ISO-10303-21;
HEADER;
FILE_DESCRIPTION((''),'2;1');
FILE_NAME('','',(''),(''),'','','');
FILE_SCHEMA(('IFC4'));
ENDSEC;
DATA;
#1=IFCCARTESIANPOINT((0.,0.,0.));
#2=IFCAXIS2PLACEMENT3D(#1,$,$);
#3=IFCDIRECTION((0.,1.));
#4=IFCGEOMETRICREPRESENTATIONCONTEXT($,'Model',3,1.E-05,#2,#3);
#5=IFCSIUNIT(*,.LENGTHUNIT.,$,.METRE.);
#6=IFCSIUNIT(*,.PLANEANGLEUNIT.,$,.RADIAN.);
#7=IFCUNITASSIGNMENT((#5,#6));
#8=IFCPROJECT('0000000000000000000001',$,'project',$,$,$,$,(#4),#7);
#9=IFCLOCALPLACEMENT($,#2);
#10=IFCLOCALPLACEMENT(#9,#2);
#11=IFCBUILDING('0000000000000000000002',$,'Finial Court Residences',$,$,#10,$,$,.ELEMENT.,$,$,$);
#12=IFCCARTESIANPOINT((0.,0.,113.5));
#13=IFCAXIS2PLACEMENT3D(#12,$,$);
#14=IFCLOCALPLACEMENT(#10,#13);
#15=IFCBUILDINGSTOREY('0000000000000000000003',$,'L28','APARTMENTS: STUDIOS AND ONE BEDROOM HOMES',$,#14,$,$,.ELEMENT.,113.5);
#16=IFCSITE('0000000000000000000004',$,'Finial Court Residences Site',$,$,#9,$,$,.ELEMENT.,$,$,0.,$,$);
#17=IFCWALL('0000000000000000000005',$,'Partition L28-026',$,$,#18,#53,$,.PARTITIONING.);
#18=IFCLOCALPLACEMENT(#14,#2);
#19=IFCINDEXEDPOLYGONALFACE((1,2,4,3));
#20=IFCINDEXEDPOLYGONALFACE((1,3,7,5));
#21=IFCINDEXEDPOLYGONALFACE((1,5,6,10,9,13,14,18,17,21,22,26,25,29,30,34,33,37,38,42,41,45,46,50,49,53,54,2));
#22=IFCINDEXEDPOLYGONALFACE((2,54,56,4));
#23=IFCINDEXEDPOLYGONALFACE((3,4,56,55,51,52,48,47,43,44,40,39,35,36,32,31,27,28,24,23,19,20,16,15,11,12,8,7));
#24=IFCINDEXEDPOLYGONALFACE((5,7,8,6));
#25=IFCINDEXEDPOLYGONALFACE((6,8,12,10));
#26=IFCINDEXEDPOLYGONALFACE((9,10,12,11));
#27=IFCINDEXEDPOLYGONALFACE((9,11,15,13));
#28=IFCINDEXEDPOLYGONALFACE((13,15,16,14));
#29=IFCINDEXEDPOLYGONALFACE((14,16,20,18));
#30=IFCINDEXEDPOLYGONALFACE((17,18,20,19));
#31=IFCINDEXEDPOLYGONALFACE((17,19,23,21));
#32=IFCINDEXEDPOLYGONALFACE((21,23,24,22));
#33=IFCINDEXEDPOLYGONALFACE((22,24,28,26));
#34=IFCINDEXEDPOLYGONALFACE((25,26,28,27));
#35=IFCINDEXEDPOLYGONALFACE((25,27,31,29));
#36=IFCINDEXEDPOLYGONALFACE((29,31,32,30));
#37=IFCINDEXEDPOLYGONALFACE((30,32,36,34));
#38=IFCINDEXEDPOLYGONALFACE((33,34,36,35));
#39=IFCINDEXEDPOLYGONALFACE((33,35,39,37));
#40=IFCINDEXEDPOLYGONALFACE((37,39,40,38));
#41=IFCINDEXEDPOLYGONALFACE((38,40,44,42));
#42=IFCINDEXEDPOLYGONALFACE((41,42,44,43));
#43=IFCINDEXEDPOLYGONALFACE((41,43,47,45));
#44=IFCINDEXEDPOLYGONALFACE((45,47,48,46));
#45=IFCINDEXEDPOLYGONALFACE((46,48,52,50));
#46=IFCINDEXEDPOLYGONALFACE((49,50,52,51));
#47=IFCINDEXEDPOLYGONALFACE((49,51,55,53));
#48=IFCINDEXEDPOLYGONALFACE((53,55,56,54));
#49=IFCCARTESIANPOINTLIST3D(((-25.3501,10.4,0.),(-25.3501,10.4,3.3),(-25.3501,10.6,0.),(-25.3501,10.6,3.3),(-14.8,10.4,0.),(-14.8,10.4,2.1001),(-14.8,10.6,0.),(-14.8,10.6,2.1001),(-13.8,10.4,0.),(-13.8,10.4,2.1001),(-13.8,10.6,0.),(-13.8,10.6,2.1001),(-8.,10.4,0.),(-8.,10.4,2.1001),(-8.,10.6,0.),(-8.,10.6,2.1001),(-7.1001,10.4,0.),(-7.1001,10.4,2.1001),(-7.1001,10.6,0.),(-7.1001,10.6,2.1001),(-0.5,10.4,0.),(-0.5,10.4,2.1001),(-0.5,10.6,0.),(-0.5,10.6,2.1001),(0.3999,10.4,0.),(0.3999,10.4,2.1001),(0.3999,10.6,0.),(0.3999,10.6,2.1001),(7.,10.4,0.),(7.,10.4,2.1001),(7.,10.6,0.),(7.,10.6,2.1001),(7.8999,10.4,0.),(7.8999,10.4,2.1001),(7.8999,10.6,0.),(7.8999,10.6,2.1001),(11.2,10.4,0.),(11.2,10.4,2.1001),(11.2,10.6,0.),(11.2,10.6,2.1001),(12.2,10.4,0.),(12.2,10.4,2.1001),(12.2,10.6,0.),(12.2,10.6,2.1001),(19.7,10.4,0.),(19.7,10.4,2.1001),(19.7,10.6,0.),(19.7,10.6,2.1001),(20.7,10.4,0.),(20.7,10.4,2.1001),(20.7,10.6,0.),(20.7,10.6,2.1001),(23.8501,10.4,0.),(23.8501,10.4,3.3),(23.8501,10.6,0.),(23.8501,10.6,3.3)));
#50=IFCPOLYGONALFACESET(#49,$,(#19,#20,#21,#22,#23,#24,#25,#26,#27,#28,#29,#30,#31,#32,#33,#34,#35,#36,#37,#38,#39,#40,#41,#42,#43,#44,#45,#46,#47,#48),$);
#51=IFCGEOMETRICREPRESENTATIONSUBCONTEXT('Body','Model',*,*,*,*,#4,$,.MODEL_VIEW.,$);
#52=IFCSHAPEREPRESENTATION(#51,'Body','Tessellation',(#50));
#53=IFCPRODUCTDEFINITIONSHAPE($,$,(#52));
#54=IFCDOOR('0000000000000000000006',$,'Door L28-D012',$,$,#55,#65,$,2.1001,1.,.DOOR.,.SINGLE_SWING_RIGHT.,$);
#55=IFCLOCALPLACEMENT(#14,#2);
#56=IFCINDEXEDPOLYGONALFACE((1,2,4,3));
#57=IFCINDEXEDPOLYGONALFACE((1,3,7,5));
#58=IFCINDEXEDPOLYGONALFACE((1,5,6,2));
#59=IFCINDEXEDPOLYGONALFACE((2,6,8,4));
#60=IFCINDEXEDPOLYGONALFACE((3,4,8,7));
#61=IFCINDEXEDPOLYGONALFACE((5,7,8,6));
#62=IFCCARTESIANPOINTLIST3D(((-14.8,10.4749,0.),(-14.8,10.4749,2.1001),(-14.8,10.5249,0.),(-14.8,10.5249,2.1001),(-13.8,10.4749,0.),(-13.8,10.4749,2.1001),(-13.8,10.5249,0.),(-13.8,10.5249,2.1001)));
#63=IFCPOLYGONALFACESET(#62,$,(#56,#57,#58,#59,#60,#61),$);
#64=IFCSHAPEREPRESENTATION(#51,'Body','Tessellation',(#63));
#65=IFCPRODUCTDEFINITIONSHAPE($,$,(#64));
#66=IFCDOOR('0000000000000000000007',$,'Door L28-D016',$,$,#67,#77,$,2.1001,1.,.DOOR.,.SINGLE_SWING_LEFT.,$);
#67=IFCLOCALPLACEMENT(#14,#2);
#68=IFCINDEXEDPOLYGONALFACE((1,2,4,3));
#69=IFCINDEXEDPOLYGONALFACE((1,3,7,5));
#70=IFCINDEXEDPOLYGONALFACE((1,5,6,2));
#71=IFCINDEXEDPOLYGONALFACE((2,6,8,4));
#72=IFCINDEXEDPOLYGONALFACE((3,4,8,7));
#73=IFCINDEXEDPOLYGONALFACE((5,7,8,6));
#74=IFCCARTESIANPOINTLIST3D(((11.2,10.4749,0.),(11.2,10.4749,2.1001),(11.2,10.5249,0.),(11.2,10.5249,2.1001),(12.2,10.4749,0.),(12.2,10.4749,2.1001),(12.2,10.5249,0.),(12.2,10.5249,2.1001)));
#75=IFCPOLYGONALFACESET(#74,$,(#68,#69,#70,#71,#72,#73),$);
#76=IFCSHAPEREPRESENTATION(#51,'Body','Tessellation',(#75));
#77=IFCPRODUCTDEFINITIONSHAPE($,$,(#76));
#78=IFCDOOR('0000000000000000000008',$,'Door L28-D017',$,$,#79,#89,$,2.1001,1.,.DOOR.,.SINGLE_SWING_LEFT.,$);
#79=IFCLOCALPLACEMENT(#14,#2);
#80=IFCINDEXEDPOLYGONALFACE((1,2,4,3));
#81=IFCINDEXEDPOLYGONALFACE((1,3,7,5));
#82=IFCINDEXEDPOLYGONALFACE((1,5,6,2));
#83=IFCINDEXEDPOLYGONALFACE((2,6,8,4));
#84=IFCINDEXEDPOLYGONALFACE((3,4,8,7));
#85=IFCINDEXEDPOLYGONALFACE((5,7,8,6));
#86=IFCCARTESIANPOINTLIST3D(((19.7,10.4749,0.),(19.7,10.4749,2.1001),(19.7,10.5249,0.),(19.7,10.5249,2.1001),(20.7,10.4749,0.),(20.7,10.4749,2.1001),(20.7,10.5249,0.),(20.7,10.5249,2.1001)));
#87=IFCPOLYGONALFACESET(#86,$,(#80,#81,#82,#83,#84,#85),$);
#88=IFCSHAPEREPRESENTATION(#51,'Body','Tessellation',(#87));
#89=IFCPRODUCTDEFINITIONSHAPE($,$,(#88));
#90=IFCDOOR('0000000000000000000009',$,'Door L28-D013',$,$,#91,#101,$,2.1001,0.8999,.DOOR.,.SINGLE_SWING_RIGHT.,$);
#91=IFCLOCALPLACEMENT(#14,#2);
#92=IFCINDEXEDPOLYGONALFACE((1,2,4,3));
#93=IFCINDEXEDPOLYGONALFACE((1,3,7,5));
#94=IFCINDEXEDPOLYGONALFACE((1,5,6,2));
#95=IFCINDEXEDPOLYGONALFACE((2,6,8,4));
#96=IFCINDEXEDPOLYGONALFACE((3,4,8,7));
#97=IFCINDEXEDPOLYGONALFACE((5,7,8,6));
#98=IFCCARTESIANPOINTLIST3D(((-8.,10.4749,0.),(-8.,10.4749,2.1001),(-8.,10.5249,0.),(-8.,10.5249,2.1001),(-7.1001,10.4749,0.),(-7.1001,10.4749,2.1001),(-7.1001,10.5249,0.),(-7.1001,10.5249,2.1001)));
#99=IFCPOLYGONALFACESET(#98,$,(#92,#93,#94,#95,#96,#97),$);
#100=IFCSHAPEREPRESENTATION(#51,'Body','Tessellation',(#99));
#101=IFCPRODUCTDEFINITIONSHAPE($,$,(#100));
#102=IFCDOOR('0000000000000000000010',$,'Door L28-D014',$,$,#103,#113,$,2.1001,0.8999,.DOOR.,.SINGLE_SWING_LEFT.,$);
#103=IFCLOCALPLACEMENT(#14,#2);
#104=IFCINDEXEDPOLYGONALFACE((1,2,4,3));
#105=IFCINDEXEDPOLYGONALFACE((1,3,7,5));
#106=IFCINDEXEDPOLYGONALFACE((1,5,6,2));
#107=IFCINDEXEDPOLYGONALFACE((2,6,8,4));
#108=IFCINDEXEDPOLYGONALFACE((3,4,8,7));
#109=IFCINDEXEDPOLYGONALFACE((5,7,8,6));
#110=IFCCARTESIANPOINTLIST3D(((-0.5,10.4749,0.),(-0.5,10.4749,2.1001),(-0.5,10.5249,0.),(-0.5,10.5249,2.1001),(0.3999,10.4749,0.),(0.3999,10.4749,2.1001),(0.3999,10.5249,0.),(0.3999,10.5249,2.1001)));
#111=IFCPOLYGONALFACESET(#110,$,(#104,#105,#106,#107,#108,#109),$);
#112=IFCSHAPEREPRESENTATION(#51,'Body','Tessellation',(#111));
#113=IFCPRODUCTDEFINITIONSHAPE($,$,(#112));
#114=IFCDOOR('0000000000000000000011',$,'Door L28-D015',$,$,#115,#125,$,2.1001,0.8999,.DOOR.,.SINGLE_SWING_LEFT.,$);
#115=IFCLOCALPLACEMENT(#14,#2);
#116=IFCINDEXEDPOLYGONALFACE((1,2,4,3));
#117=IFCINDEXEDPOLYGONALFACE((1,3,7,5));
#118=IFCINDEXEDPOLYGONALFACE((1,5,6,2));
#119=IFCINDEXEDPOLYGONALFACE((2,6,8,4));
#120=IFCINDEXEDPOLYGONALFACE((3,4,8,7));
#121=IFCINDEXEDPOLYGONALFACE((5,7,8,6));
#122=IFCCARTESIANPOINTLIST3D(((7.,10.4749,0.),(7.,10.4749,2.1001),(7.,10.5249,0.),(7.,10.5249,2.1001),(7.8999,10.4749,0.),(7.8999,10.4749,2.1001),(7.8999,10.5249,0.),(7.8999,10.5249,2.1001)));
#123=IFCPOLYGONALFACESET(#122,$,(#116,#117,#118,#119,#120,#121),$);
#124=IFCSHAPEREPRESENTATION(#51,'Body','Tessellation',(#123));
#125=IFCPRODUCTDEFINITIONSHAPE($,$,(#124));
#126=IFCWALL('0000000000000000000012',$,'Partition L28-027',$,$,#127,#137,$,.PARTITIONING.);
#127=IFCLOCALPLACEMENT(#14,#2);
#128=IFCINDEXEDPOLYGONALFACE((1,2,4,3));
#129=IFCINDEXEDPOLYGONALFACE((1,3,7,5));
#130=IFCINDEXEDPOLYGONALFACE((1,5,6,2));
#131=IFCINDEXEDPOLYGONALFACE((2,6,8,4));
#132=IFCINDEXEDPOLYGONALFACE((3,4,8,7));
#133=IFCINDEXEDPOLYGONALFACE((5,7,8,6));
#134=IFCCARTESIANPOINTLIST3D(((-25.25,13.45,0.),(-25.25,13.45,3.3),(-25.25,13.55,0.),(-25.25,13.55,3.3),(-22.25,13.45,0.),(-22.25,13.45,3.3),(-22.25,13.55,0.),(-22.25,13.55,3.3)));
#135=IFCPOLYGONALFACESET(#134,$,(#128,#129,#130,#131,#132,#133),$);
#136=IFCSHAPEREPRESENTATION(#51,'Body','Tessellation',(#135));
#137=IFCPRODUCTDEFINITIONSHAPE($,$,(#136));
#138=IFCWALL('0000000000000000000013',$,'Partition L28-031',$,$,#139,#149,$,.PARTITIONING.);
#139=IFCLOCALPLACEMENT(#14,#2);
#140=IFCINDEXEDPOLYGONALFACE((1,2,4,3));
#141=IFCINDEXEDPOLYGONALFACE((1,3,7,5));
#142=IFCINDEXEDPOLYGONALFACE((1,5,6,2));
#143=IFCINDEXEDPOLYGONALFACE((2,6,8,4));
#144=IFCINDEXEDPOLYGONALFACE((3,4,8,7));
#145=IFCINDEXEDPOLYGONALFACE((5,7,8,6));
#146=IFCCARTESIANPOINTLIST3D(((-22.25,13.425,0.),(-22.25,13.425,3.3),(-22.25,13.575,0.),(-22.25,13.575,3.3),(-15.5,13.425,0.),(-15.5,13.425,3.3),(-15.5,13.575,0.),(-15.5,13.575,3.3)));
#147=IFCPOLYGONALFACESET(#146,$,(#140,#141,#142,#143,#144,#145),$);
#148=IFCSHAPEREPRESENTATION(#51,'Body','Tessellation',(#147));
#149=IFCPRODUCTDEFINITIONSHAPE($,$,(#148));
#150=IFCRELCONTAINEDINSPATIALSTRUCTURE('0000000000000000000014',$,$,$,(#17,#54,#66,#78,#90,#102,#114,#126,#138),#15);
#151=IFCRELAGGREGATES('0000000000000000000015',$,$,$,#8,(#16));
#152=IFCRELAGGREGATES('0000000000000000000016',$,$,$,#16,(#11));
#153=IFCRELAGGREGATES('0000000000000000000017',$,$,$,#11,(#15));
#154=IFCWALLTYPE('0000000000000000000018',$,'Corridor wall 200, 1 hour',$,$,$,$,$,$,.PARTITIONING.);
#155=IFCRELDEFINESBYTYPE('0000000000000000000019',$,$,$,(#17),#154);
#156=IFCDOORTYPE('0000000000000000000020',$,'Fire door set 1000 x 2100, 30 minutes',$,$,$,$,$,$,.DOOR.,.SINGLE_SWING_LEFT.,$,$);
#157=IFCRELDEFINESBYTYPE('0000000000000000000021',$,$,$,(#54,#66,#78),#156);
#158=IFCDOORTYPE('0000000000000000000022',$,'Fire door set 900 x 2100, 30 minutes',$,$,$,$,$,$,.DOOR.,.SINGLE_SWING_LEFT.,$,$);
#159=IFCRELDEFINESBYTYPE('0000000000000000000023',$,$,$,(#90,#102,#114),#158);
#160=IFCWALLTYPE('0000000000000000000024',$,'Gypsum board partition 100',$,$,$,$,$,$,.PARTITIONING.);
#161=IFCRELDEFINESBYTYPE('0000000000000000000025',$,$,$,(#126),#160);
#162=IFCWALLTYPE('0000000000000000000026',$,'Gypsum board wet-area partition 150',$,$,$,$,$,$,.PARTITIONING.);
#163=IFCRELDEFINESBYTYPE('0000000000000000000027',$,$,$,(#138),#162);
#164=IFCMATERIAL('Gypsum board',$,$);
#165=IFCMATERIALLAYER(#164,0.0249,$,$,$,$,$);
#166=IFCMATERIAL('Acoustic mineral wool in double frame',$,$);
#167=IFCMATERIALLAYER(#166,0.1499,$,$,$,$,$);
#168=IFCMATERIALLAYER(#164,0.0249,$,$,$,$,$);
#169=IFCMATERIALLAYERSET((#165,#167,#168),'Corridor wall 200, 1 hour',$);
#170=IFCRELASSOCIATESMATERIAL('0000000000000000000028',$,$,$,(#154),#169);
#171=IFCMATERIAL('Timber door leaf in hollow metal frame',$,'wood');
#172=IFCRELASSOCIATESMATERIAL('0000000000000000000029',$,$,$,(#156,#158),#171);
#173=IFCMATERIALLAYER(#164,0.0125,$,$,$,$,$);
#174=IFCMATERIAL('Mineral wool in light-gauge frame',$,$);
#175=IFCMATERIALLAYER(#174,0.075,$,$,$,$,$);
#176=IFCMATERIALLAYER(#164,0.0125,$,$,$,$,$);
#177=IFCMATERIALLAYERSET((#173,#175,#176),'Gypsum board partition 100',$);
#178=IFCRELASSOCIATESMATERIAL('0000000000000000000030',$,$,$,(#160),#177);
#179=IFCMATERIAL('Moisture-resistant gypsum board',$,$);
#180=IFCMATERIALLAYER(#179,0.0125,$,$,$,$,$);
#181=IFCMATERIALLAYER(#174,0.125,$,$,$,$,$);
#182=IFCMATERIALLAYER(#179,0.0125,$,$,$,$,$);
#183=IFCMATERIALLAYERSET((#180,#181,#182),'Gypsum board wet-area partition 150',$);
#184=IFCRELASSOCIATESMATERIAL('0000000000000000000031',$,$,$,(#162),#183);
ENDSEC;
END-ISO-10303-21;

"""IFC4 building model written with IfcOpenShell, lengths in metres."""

from ifc_helpers import new_model, si_unit, direction, frame, frame_2d, origin, place, context, subcontext, project, spatial, rectangle, extrude, material, layer, layer_set, type_object, element, fill, save


model = new_model("IFC4")

# Units and contexts
model_context = context("Model", 3, precision=1e-05, world=origin(), true_north=direction((0.0, 1.0)))
body_context = subcontext(model_context, "Body", "Model", "MODEL_VIEW")
ifc_project = project(units=[si_unit("LENGTHUNIT", "METRE"), si_unit("PLANEANGLEUNIT", "RADIAN")], contexts=[model_context])

# Site, building, storey
site_placement = place(None, origin())
site = spatial("IfcSite", under=ifc_project, at=site_placement, Name="Finial Court Residences Site", CompositionType="ELEMENT", RefElevation=0.0)
building_placement = place(site_placement, origin())
building = spatial("IfcBuilding", under=site, at=building_placement, Name="Finial Court Residences", CompositionType="ELEMENT")
storey_placement = place(building_placement, frame((0.0, 0.0, 113.5)))
storey = spatial("IfcBuildingStorey", under=building, at=storey_placement, Name="L28", Description="APARTMENTS: STUDIOS AND ONE BEDROOM HOMES", CompositionType="ELEMENT", Elevation=113.5)

# Wall, openings, doors
ifc_material_1 = material(Name="Gypsum board")
ifc_layer_1 = layer(ifc_material_1, 0.0249)
ifc_material_2 = material(Name="Acoustic mineral wool in double frame")
ifc_layer_2 = layer(ifc_material_2, 0.1499)
ifc_layer_3 = layer(ifc_material_1, 0.0249)
ifc_layer_set_1 = layer_set([ifc_layer_1, ifc_layer_2, ifc_layer_3], Name="Corridor wall 200, 1 hour")
wall_type_1 = type_object("IfcWallType", Name="Corridor wall 200, 1 hour", PredefinedType="PARTITIONING", material=ifc_layer_set_1)
wall_1_placement = place(storey_placement, frame((-25.3501, 10.5, 0.0), z_axis=(0.0, 0.0, 1.0), x_axis=(1.0, 0.0, 0.0)))
wall_1 = element("IfcWall", 1, at=wall_1_placement, inside=storey, type_object=wall_type_1, Name="Partition L28-026", PredefinedType="PARTITIONING", context=body_context, shape_type="SweptSolid", body=[
    extrude(rectangle(XDim=49.2002, YDim=0.2, at=frame_2d((24.6001, 0.0))), origin(), (0.0, 0.0, 1.0), 3.3),
])
opening_1_placement = place(wall_1_placement, frame((10.55, 0.0, 0.0)))
opening_1 = element("IfcOpeningElement", 2, at=opening_1_placement, cuts=wall_1, PredefinedType="OPENING", context=body_context, shape_type="SweptSolid", body=[
    extrude(rectangle(XDim=1.0, YDim=2.1001, at=frame_2d((0.5, 1.05))), frame((0.0, 0.1099, 0.0), z_axis=(0.0, -1.0, 0.0), x_axis=(1.0, 0.0, 0.0)), (0.0, 0.0, 1.0), 0.22),
])
opening_2_placement = place(wall_1_placement, frame((17.3501, 0.0, 0.0)))
opening_2 = element("IfcOpeningElement", 3, at=opening_2_placement, cuts=wall_1, PredefinedType="OPENING", context=body_context, shape_type="SweptSolid", body=[
    extrude(rectangle(XDim=0.8999, YDim=2.1001, at=frame_2d((0.45, 1.05))), frame((0.0, 0.1099, 0.0), z_axis=(0.0, -1.0, 0.0), x_axis=(1.0, 0.0, 0.0)), (0.0, 0.0, 1.0), 0.22),
])
opening_3_placement = place(wall_1_placement, frame((24.8501, 0.0, 0.0)))
opening_3 = element("IfcOpeningElement", 4, at=opening_3_placement, cuts=wall_1, PredefinedType="OPENING", context=body_context, shape_type="SweptSolid", body=[
    extrude(rectangle(XDim=0.8999, YDim=2.1001, at=frame_2d((0.45, 1.05))), frame((0.0, 0.1099, 0.0), z_axis=(0.0, -1.0, 0.0), x_axis=(1.0, 0.0, 0.0)), (0.0, 0.0, 1.0), 0.22),
])
opening_4_placement = place(wall_1_placement, frame((32.3501, 0.0, 0.0)))
opening_4 = element("IfcOpeningElement", 5, at=opening_4_placement, cuts=wall_1, PredefinedType="OPENING", context=body_context, shape_type="SweptSolid", body=[
    extrude(rectangle(XDim=0.8999, YDim=2.1001, at=frame_2d((0.45, 1.05))), frame((0.0, 0.1099, 0.0), z_axis=(0.0, -1.0, 0.0), x_axis=(1.0, 0.0, 0.0)), (0.0, 0.0, 1.0), 0.22),
])
opening_5_placement = place(wall_1_placement, frame((36.55, 0.0, 0.0)))
opening_5 = element("IfcOpeningElement", 6, at=opening_5_placement, cuts=wall_1, PredefinedType="OPENING", context=body_context, shape_type="SweptSolid", body=[
    extrude(rectangle(XDim=1.0, YDim=2.1001, at=frame_2d((0.5, 1.05))), frame((0.0, 0.1099, 0.0), z_axis=(0.0, -1.0, 0.0), x_axis=(1.0, 0.0, 0.0)), (0.0, 0.0, 1.0), 0.22),
])
opening_6_placement = place(wall_1_placement, frame((45.05, 0.0, 0.0)))
opening_6 = element("IfcOpeningElement", 7, at=opening_6_placement, cuts=wall_1, PredefinedType="OPENING", context=body_context, shape_type="SweptSolid", body=[
    extrude(rectangle(XDim=1.0, YDim=2.1001, at=frame_2d((0.5, 1.05))), frame((0.0, 0.1099, 0.0), z_axis=(0.0, -1.0, 0.0), x_axis=(1.0, 0.0, 0.0)), (0.0, 0.0, 1.0), 0.22),
])
ifc_material_3 = material(Name="Timber door leaf in hollow metal frame", Category="wood")
door_type_1 = type_object("IfcDoorType", Name="Fire door set 1000 x 2100, 30 minutes", OperationType="SINGLE_SWING_LEFT", PredefinedType="DOOR", material=ifc_material_3)
door_1_placement = place(opening_1_placement, origin())
door_1 = element("IfcDoor", 8, at=door_1_placement, inside=storey, type_object=door_type_1, Name="Door L28-D012", OperationType="SINGLE_SWING_RIGHT", OverallHeight=2.1001, OverallWidth=1.0, PredefinedType="DOOR", context=body_context, shape_type="SweptSolid", body=[
    extrude(rectangle(XDim=1.0, YDim=2.1001, at=frame_2d((0.5, 1.05))), frame((0.0, 0.0249, 0.0), z_axis=(0.0, -1.0, 0.0), x_axis=(1.0, 0.0, 0.0)), (0.0, 0.0, 1.0), 0.05),
])
fill(opening_1, door_1)
door_2_placement = place(opening_5_placement, origin())
door_2 = element("IfcDoor", 9, at=door_2_placement, inside=storey, type_object=door_type_1, Name="Door L28-D016", OperationType="SINGLE_SWING_LEFT", OverallHeight=2.1001, OverallWidth=1.0, PredefinedType="DOOR", context=body_context, shape_type="SweptSolid", body=[
    extrude(rectangle(XDim=1.0, YDim=2.1001, at=frame_2d((0.5, 1.05))), frame((0.0, 0.0249, 0.0), z_axis=(0.0, -1.0, 0.0), x_axis=(1.0, 0.0, 0.0)), (0.0, 0.0, 1.0), 0.05),
])
fill(opening_5, door_2)
door_3_placement = place(opening_6_placement, origin())
door_3 = element("IfcDoor", 10, at=door_3_placement, inside=storey, type_object=door_type_1, Name="Door L28-D017", OperationType="SINGLE_SWING_LEFT", OverallHeight=2.1001, OverallWidth=1.0, PredefinedType="DOOR", context=body_context, shape_type="SweptSolid", body=[
    extrude(rectangle(XDim=1.0, YDim=2.1001, at=frame_2d((0.5, 1.05))), frame((0.0, 0.0249, 0.0), z_axis=(0.0, -1.0, 0.0), x_axis=(1.0, 0.0, 0.0)), (0.0, 0.0, 1.0), 0.05),
])
fill(opening_6, door_3)
door_type_2 = type_object("IfcDoorType", Name="Fire door set 900 x 2100, 30 minutes", OperationType="SINGLE_SWING_LEFT", PredefinedType="DOOR", material=ifc_material_3)
door_4_placement = place(opening_2_placement, origin())
door_4 = element("IfcDoor", 11, at=door_4_placement, inside=storey, type_object=door_type_2, Name="Door L28-D013", OperationType="SINGLE_SWING_RIGHT", OverallHeight=2.1001, OverallWidth=0.8999, PredefinedType="DOOR", context=body_context, shape_type="SweptSolid", body=[
    extrude(rectangle(XDim=0.8999, YDim=2.1001, at=frame_2d((0.45, 1.05))), frame((0.0, 0.0249, 0.0), z_axis=(0.0, -1.0, 0.0), x_axis=(1.0, 0.0, 0.0)), (0.0, 0.0, 1.0), 0.05),
])
fill(opening_2, door_4)
door_5_placement = place(opening_3_placement, origin())
door_5 = element("IfcDoor", 12, at=door_5_placement, inside=storey, type_object=door_type_2, Name="Door L28-D014", OperationType="SINGLE_SWING_LEFT", OverallHeight=2.1001, OverallWidth=0.8999, PredefinedType="DOOR", context=body_context, shape_type="SweptSolid", body=[
    extrude(rectangle(XDim=0.8999, YDim=2.1001, at=frame_2d((0.45, 1.05))), frame((0.0, 0.0249, 0.0), z_axis=(0.0, -1.0, 0.0), x_axis=(1.0, 0.0, 0.0)), (0.0, 0.0, 1.0), 0.05),
])
fill(opening_3, door_5)
door_6_placement = place(opening_4_placement, origin())
door_6 = element("IfcDoor", 13, at=door_6_placement, inside=storey, type_object=door_type_2, Name="Door L28-D015", OperationType="SINGLE_SWING_LEFT", OverallHeight=2.1001, OverallWidth=0.8999, PredefinedType="DOOR", context=body_context, shape_type="SweptSolid", body=[
    extrude(rectangle(XDim=0.8999, YDim=2.1001, at=frame_2d((0.45, 1.05))), frame((0.0, 0.0249, 0.0), z_axis=(0.0, -1.0, 0.0), x_axis=(1.0, 0.0, 0.0)), (0.0, 0.0, 1.0), 0.05),
])
fill(opening_4, door_6)

# Walls
ifc_layer_4 = layer(ifc_material_1, 0.0125)
ifc_material_4 = material(Name="Mineral wool in light-gauge frame")
ifc_layer_5 = layer(ifc_material_4, 0.075)
ifc_layer_6 = layer(ifc_material_1, 0.0125)
ifc_layer_set_2 = layer_set([ifc_layer_4, ifc_layer_5, ifc_layer_6], Name="Gypsum board partition 100")
wall_type_2 = type_object("IfcWallType", Name="Gypsum board partition 100", PredefinedType="PARTITIONING", material=ifc_layer_set_2)
wall_2_placement = place(storey_placement, frame((-25.25, 13.5, 0.0), z_axis=(0.0, 0.0, 1.0), x_axis=(1.0, 0.0, 0.0)))
element("IfcWall", 14, at=wall_2_placement, inside=storey, type_object=wall_type_2, Name="Partition L28-027", PredefinedType="PARTITIONING", context=body_context, shape_type="SweptSolid", body=[
    extrude(rectangle(XDim=3.0, YDim=0.1001, at=frame_2d((1.5, 0.0))), origin(), (0.0, 0.0, 1.0), 3.3),
])
ifc_material_5 = material(Name="Moisture-resistant gypsum board")
ifc_layer_7 = layer(ifc_material_5, 0.0125)
ifc_layer_8 = layer(ifc_material_4, 0.125)
ifc_layer_9 = layer(ifc_material_5, 0.0125)
ifc_layer_set_3 = layer_set([ifc_layer_7, ifc_layer_8, ifc_layer_9], Name="Gypsum board wet-area partition 150")
wall_type_3 = type_object("IfcWallType", Name="Gypsum board wet-area partition 150", PredefinedType="PARTITIONING", material=ifc_layer_set_3)
wall_3_placement = place(storey_placement, frame((-22.25, 13.5, 0.0), z_axis=(0.0, 0.0, 1.0), x_axis=(1.0, 0.0, 0.0)))
element("IfcWall", 15, at=wall_3_placement, inside=storey, type_object=wall_type_3, Name="Partition L28-031", PredefinedType="PARTITIONING", context=body_context, shape_type="SweptSolid", body=[
    extrude(rectangle(XDim=6.75, YDim=0.1499, at=frame_2d((3.375, 0.0))), origin(), (0.0, 0.0, 1.0), 3.3),
])

save(model, "model.ifc")
